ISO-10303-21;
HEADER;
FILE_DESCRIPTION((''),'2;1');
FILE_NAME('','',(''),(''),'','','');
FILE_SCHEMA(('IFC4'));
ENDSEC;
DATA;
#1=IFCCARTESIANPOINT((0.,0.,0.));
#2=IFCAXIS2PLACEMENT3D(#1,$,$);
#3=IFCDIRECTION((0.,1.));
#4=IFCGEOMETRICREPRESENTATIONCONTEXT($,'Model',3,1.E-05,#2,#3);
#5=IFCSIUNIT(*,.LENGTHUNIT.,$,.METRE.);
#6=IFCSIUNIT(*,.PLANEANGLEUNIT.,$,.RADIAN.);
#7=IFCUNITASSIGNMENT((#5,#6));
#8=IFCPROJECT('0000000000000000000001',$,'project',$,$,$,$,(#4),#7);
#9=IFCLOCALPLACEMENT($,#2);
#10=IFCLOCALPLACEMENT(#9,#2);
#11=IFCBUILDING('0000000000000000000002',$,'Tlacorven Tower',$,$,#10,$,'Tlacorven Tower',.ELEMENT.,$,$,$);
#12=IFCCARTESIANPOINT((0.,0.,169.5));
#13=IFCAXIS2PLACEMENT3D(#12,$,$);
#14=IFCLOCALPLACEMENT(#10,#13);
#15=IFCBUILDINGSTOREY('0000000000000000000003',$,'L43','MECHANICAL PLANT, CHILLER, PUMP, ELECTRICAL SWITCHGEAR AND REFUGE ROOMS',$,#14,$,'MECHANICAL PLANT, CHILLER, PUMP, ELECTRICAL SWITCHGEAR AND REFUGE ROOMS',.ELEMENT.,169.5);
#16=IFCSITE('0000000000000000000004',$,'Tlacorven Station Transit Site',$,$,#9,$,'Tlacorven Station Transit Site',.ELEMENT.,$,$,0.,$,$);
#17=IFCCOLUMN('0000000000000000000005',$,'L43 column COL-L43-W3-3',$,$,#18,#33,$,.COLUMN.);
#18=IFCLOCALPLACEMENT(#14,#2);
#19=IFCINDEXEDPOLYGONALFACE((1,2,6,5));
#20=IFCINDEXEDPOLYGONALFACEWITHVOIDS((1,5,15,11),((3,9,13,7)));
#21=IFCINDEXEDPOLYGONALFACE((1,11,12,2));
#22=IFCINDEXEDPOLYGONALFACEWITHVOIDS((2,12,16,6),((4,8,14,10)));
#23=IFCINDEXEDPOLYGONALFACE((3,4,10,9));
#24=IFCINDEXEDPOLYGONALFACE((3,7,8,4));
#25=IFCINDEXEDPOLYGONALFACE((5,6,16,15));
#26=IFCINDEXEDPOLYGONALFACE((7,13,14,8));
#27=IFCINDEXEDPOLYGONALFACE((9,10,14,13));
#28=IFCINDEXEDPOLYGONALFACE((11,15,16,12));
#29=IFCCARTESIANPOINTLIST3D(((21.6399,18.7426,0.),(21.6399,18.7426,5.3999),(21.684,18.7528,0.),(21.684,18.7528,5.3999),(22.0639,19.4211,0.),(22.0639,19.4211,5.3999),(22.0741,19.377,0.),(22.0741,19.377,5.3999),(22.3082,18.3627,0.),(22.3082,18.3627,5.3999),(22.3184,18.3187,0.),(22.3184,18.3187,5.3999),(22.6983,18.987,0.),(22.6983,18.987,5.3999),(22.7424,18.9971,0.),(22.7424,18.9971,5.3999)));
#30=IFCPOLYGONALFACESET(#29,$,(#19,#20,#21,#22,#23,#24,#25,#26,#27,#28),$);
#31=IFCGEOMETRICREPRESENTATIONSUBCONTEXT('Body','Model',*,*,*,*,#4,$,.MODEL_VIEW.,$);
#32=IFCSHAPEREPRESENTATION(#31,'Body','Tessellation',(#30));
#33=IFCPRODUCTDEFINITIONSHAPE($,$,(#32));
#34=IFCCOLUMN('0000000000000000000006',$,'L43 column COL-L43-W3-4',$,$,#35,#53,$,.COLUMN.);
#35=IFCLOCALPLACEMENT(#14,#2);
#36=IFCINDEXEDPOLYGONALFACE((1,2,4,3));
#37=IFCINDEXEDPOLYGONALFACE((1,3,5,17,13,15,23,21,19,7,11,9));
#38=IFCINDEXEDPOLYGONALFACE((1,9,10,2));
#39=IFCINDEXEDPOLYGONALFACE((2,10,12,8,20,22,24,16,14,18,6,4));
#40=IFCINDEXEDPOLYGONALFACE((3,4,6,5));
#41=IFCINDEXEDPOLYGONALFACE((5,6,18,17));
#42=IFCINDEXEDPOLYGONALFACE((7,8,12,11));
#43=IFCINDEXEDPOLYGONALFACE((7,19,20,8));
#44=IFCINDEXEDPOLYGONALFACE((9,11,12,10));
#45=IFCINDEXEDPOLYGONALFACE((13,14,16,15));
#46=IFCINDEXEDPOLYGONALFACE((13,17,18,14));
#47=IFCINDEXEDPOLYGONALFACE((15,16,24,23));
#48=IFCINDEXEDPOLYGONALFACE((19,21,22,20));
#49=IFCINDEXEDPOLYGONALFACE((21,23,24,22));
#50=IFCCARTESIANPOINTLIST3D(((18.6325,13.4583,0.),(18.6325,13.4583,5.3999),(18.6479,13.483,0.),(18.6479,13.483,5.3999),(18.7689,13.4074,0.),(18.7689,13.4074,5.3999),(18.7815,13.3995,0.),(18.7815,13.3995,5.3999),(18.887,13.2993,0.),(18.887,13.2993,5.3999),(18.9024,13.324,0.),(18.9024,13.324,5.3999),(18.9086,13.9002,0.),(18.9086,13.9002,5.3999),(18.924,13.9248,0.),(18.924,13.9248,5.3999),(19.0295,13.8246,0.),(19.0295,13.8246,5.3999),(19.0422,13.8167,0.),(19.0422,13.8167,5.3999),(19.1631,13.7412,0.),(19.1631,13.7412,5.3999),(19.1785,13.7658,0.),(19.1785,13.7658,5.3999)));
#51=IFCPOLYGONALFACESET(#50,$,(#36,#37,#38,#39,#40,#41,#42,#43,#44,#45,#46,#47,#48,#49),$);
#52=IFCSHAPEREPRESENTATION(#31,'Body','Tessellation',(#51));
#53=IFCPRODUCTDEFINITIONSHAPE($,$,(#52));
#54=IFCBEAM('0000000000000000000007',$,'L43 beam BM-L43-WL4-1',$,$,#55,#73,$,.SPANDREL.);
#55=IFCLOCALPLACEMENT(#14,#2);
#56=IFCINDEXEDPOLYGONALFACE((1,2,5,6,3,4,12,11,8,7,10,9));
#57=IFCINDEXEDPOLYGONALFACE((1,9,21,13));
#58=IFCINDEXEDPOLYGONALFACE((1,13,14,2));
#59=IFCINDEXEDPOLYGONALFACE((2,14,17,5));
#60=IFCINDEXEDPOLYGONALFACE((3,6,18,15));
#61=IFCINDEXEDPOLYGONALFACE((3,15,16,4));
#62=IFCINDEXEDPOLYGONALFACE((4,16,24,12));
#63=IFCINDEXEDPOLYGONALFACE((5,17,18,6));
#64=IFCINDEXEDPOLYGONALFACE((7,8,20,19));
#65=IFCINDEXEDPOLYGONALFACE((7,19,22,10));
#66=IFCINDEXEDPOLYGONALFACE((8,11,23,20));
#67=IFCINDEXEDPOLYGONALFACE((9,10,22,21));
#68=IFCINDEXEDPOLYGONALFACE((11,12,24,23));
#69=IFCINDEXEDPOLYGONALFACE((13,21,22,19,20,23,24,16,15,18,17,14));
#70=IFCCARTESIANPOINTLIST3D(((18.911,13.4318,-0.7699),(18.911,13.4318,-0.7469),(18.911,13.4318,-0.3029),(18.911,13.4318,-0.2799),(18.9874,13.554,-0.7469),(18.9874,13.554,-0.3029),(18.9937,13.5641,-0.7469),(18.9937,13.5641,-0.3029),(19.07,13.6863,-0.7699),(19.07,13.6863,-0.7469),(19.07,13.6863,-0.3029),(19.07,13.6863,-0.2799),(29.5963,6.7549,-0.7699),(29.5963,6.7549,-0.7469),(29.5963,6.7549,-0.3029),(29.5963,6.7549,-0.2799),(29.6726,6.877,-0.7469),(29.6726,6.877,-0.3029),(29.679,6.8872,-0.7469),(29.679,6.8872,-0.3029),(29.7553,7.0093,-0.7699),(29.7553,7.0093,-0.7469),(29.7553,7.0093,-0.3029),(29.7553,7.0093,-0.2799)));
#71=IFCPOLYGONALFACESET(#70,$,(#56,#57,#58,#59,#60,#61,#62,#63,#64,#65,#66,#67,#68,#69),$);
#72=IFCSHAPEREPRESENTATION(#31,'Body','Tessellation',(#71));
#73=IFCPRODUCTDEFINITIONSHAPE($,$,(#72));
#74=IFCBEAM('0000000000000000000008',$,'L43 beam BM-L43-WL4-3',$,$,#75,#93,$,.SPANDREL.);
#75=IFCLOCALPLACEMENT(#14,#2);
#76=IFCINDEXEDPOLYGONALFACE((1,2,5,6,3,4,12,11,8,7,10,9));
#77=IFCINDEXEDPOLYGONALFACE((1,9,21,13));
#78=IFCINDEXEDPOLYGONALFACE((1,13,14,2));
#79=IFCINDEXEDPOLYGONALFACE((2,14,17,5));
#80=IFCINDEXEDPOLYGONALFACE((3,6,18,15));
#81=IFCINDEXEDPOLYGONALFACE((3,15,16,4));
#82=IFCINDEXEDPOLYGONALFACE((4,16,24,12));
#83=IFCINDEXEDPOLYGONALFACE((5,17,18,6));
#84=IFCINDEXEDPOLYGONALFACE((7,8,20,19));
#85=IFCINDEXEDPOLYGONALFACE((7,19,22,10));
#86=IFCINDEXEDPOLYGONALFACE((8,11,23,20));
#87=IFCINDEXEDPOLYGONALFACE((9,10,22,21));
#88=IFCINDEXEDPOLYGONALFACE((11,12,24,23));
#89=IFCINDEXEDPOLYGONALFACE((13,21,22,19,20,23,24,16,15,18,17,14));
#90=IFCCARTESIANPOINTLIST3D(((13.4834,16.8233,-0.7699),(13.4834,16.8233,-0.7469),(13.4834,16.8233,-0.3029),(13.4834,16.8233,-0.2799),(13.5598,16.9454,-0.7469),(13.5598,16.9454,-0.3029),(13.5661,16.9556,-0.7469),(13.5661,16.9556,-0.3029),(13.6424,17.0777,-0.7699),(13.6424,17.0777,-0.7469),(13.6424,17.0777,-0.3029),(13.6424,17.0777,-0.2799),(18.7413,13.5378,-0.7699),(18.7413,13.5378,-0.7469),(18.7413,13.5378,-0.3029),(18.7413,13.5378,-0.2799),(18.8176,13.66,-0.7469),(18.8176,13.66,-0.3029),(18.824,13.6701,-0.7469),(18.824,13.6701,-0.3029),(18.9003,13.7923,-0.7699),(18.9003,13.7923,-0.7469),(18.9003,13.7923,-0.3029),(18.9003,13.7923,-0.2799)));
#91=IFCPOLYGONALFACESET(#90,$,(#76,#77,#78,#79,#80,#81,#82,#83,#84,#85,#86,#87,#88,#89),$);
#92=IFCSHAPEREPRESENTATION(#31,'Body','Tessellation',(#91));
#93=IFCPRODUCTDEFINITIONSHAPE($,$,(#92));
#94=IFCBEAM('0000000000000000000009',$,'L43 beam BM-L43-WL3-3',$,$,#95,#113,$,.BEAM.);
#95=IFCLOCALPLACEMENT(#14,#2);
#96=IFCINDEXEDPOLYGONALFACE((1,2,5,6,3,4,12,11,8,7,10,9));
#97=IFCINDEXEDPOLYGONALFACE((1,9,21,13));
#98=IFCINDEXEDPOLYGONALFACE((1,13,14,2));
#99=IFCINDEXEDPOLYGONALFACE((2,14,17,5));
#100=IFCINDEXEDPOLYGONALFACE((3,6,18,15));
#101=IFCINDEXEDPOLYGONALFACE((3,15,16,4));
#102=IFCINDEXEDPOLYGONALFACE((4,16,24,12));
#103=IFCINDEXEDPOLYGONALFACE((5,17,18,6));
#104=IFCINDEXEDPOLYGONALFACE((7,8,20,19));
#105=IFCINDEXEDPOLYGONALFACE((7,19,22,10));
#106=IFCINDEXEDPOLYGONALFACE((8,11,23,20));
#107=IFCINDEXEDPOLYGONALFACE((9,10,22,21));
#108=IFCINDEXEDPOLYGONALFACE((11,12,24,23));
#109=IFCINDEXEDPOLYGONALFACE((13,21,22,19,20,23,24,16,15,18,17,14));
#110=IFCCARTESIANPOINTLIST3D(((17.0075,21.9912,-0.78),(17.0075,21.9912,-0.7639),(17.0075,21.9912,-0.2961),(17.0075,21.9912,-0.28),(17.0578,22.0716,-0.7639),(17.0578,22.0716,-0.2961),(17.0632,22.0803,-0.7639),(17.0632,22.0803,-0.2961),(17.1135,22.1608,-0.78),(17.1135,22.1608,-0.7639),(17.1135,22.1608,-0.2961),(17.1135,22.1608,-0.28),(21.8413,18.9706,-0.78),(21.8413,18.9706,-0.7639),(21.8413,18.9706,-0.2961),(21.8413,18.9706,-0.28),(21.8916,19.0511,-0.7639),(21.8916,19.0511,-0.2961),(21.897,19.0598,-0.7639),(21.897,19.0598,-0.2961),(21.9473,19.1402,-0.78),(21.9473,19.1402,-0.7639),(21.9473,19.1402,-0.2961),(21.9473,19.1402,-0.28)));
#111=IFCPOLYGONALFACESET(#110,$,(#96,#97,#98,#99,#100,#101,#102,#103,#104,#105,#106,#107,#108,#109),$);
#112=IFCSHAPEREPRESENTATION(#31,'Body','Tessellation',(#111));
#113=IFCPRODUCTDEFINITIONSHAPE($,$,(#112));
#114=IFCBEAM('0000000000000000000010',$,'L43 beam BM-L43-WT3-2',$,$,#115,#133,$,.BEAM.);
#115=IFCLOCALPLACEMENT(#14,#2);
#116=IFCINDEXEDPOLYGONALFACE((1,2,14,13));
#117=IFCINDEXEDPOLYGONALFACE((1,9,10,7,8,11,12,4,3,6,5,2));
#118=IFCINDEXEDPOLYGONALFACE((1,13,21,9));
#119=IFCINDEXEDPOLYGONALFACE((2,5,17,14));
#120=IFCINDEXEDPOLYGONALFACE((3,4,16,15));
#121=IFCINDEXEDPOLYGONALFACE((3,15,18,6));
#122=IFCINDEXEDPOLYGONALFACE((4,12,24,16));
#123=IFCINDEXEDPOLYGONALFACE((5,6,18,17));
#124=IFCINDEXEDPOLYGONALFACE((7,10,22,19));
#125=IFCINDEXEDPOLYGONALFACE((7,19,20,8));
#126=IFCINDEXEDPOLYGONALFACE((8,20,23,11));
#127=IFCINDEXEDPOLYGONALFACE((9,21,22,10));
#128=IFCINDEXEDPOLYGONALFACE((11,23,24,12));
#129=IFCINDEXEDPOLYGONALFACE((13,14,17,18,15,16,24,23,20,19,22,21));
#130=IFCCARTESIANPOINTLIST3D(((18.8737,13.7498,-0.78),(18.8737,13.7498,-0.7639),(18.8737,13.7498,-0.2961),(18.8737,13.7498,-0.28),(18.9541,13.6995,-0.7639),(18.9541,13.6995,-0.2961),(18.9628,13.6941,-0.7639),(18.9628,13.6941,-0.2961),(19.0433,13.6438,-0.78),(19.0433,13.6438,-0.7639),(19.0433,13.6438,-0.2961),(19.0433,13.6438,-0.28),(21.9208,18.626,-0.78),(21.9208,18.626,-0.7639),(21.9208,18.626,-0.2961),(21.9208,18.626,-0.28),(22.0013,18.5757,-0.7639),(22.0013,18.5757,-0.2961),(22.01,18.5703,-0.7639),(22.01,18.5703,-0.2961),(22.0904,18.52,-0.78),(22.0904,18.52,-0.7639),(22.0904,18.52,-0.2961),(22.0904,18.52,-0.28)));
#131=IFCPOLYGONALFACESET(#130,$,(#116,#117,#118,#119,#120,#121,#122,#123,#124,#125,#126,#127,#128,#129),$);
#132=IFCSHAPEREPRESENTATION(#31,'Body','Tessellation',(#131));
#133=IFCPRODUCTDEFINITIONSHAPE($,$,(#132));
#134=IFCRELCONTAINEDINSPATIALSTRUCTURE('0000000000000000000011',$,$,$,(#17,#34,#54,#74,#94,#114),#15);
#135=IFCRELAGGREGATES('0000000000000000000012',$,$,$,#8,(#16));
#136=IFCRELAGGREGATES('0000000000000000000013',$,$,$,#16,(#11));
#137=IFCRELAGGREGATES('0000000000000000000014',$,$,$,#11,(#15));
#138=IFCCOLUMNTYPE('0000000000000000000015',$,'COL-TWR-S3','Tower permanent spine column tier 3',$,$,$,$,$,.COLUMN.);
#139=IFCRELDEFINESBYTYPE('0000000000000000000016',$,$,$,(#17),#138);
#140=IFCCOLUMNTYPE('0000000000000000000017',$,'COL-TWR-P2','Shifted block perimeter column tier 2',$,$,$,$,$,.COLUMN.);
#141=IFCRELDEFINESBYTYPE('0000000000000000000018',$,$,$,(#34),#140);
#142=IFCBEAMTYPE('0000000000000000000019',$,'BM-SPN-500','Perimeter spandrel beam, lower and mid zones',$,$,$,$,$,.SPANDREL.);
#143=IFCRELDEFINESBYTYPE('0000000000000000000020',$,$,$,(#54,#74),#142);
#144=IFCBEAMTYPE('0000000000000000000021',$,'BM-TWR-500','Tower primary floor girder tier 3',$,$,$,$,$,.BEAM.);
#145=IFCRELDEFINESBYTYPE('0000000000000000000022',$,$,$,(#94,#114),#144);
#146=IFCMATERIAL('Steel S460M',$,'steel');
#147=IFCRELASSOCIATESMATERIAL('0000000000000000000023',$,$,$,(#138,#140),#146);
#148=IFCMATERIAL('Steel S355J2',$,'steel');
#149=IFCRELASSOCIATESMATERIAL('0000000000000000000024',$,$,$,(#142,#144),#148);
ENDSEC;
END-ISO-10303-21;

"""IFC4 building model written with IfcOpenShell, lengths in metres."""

from ifc_helpers import new_model, si_unit, direction, frame, origin, origin_2d, place, context, subcontext, project, spatial, hollow_rectangle, i_section, extrude, source, transform, mapped, material, material_profile, profile_set, type_object, element, save


model = new_model("IFC4")

# Units and contexts
model_context = context("Model", 3, precision=1e-05, world=origin(), true_north=direction((0.0, 1.0)))
body_context = subcontext(model_context, "Body", "Model", "MODEL_VIEW")
ifc_project = project(units=[si_unit("LENGTHUNIT", "METRE"), si_unit("PLANEANGLEUNIT", "RADIAN")], contexts=[model_context])

# Site, building, storey
site_placement = place(None, origin())
site = spatial("IfcSite", under=ifc_project, at=site_placement, Name="Tlacorven Station Transit Site", LongName="Tlacorven Station Transit Site", CompositionType="ELEMENT", RefElevation=0.0)
building_placement = place(site_placement, origin())
building = spatial("IfcBuilding", under=site, at=building_placement, Name="Tlacorven Tower", LongName="Tlacorven Tower", CompositionType="ELEMENT")
storey_placement = place(building_placement, frame((0.0, 0.0, 169.5)))
storey = spatial("IfcBuildingStorey", under=building, at=storey_placement, Name="L43", Description="MECHANICAL PLANT, CHILLER, PUMP, ELECTRICAL SWITCHGEAR AND REFUGE ROOMS", LongName="MECHANICAL PLANT, CHILLER, PUMP, ELECTRICAL SWITCHGEAR AND REFUGE ROOMS", CompositionType="ELEMENT", Elevation=169.5)

# Columns
ifc_material_1 = material(Name="Steel S460M", Category="steel")
ifc_material_profile_1 = material_profile(ifc_material_1, hollow_rectangle(XDim=0.8, YDim=0.8, WallThickness=0.032, at=origin_2d()), Name="BOX 800X800X32")
ifc_profile_set_1 = profile_set([ifc_material_profile_1], Name="Steel S460M")
column_type_1 = type_object("IfcColumnType", Name="COL-TWR-S3", Description="Tower permanent spine column tier 3", PredefinedType="COLUMN", material=ifc_profile_set_1)
shared_shape_1 = source(origin(), body_context, "Body", "SweptSolid", [
    extrude(hollow_rectangle(XDim=0.8, YDim=0.8, WallThickness=0.032, at=origin_2d()), origin(), (0.0, 0.0, 1.0), 5.3999),
])
column_1_placement = place(storey_placement, frame((22.1912, 18.8699, 0.0), z_axis=(0.0, 0.0, 1.0), x_axis=(-0.848048, 0.529919, 0.0)))
element("IfcColumn", 1, at=column_1_placement, inside=storey, type_object=column_type_1, Name="L43 column COL-L43-W3-3", PredefinedType="COLUMN", context=body_context, shape_type="MappedRepresentation", body=[
    mapped(shared_shape_1, transform((0.0, 0.0, 0.0), scale=1.0)),
])
ifc_material_profile_2 = material_profile(ifc_material_1, i_section(OverallWidth=0.3, OverallDepth=0.55, WebThickness=0.0149, FlangeThickness=0.0291, at=origin_2d()), Name="HEB 550")
ifc_profile_set_2 = profile_set([ifc_material_profile_2], Name="Steel S460M")
column_type_2 = type_object("IfcColumnType", Name="COL-TWR-P2", Description="Shifted block perimeter column tier 2", PredefinedType="COLUMN", material=ifc_profile_set_2)
shared_shape_2 = source(origin(), body_context, "Body", "SweptSolid", [
    extrude(i_section(OverallWidth=0.3, OverallDepth=0.55, WebThickness=0.0149, FlangeThickness=0.0291, at=origin_2d()), origin(), (0.0, 0.0, 1.0), 5.3999),
])
column_2_placement = place(storey_placement, frame((18.9055, 13.6121, 0.0), z_axis=(0.0, 0.0, 1.0), x_axis=(-0.848048, 0.529919, 0.0)))
element("IfcColumn", 2, at=column_2_placement, inside=storey, type_object=column_type_2, Name="L43 column COL-L43-W3-4", PredefinedType="COLUMN", context=body_context, shape_type="MappedRepresentation", body=[
    mapped(shared_shape_2, transform((0.0, 0.0, 0.0), scale=1.0)),
])

# Beams
ifc_material_2 = material(Name="Steel S355J2", Category="steel")
ifc_material_profile_3 = material_profile(ifc_material_2, i_section(OverallWidth=0.3, OverallDepth=0.49, WebThickness=0.012, FlangeThickness=0.0229, at=origin_2d()), Name="HEA 500")
ifc_profile_set_3 = profile_set([ifc_material_profile_3], Name="Steel S355J2")
beam_type_1 = type_object("IfcBeamType", Name="BM-SPN-500", Description="Perimeter spandrel beam, lower and mid zones", PredefinedType="SPANDREL", material=ifc_profile_set_3)
shared_shape_3 = source(origin(), body_context, "Body", "SweptSolid", [
    extrude(i_section(OverallWidth=0.3, OverallDepth=0.49, WebThickness=0.012, FlangeThickness=0.0229, at=origin_2d()), origin(), (0.0, 0.0, 1.0), 12.5999),
])
beam_1_placement = place(storey_placement, frame((29.6758, 6.8821, -0.5249), z_axis=(-0.848045, 0.529924, 0.0), x_axis=(-0.529924, -0.848045, 0.0)))
element("IfcBeam", 3, at=beam_1_placement, inside=storey, type_object=beam_type_1, Name="L43 beam BM-L43-WL4-1", PredefinedType="SPANDREL", context=body_context, shape_type="MappedRepresentation", body=[
    mapped(shared_shape_3, transform((0.0, 0.0, 0.0), scale=1.0)),
])
shared_shape_4 = source(origin(), body_context, "Body", "SweptSolid", [
    extrude(i_section(OverallWidth=0.3, OverallDepth=0.49, WebThickness=0.012, FlangeThickness=0.0229, at=origin_2d()), origin(), (0.0, 0.0, 1.0), 6.2),
])
beam_2_placement = place(storey_placement, frame((18.8208, 13.665, -0.5249), z_axis=(-0.848051, 0.529914, 0.0), x_axis=(-0.529914, -0.848051, 0.0)))
element("IfcBeam", 4, at=beam_2_placement, inside=storey, type_object=beam_type_1, Name="L43 beam BM-L43-WL4-3", PredefinedType="SPANDREL", context=body_context, shape_type="MappedRepresentation", body=[
    mapped(shared_shape_4, transform((0.0, 0.0, 0.0), scale=1.0)),
])
ifc_material_profile_4 = material_profile(ifc_material_2, i_section(OverallWidth=0.2, OverallDepth=0.5, WebThickness=0.0103, FlangeThickness=0.0161, at=origin_2d()), Name="IPE 500")
ifc_profile_set_4 = profile_set([ifc_material_profile_4], Name="Steel S355J2")
beam_type_2 = type_object("IfcBeamType", Name="BM-TWR-500", Description="Tower primary floor girder tier 3", PredefinedType="BEAM", material=ifc_profile_set_4)
shared_shape_5 = source(origin(), body_context, "Body", "SweptSolid", [
    extrude(i_section(OverallWidth=0.2, OverallDepth=0.5, WebThickness=0.0103, FlangeThickness=0.0161, at=origin_2d()), origin(), (0.0, 0.0, 1.0), 5.7),
])
beam_3_placement = place(storey_placement, frame((21.8943, 19.0554, -0.53), z_axis=(-0.848044, 0.529926, 0.0), x_axis=(-0.529926, -0.848044, 0.0)))
element("IfcBeam", 5, at=beam_3_placement, inside=storey, type_object=beam_type_2, Name="L43 beam BM-L43-WL3-3", PredefinedType="BEAM", context=body_context, shape_type="MappedRepresentation", body=[
    mapped(shared_shape_5, transform((0.0, 0.0, 0.0), scale=1.0)),
])
shared_shape_6 = source(origin(), body_context, "Body", "SweptSolid", [
    extrude(i_section(OverallWidth=0.2, OverallDepth=0.5, WebThickness=0.0103, FlangeThickness=0.0161, at=origin_2d()), origin(), (0.0, 0.0, 1.0), 5.75),
])
beam_4_placement = place(storey_placement, frame((22.0056, 18.573, -0.53), z_axis=(-0.529934, -0.848039, 0.0), x_axis=(0.848039, -0.529934, 0.0)))
element("IfcBeam", 6, at=beam_4_placement, inside=storey, type_object=beam_type_2, Name="L43 beam BM-L43-WT3-2", PredefinedType="BEAM", context=body_context, shape_type="MappedRepresentation", body=[
    mapped(shared_shape_6, transform((0.0, 0.0, 0.0), scale=1.0)),
])

save(model, "model.ifc")
